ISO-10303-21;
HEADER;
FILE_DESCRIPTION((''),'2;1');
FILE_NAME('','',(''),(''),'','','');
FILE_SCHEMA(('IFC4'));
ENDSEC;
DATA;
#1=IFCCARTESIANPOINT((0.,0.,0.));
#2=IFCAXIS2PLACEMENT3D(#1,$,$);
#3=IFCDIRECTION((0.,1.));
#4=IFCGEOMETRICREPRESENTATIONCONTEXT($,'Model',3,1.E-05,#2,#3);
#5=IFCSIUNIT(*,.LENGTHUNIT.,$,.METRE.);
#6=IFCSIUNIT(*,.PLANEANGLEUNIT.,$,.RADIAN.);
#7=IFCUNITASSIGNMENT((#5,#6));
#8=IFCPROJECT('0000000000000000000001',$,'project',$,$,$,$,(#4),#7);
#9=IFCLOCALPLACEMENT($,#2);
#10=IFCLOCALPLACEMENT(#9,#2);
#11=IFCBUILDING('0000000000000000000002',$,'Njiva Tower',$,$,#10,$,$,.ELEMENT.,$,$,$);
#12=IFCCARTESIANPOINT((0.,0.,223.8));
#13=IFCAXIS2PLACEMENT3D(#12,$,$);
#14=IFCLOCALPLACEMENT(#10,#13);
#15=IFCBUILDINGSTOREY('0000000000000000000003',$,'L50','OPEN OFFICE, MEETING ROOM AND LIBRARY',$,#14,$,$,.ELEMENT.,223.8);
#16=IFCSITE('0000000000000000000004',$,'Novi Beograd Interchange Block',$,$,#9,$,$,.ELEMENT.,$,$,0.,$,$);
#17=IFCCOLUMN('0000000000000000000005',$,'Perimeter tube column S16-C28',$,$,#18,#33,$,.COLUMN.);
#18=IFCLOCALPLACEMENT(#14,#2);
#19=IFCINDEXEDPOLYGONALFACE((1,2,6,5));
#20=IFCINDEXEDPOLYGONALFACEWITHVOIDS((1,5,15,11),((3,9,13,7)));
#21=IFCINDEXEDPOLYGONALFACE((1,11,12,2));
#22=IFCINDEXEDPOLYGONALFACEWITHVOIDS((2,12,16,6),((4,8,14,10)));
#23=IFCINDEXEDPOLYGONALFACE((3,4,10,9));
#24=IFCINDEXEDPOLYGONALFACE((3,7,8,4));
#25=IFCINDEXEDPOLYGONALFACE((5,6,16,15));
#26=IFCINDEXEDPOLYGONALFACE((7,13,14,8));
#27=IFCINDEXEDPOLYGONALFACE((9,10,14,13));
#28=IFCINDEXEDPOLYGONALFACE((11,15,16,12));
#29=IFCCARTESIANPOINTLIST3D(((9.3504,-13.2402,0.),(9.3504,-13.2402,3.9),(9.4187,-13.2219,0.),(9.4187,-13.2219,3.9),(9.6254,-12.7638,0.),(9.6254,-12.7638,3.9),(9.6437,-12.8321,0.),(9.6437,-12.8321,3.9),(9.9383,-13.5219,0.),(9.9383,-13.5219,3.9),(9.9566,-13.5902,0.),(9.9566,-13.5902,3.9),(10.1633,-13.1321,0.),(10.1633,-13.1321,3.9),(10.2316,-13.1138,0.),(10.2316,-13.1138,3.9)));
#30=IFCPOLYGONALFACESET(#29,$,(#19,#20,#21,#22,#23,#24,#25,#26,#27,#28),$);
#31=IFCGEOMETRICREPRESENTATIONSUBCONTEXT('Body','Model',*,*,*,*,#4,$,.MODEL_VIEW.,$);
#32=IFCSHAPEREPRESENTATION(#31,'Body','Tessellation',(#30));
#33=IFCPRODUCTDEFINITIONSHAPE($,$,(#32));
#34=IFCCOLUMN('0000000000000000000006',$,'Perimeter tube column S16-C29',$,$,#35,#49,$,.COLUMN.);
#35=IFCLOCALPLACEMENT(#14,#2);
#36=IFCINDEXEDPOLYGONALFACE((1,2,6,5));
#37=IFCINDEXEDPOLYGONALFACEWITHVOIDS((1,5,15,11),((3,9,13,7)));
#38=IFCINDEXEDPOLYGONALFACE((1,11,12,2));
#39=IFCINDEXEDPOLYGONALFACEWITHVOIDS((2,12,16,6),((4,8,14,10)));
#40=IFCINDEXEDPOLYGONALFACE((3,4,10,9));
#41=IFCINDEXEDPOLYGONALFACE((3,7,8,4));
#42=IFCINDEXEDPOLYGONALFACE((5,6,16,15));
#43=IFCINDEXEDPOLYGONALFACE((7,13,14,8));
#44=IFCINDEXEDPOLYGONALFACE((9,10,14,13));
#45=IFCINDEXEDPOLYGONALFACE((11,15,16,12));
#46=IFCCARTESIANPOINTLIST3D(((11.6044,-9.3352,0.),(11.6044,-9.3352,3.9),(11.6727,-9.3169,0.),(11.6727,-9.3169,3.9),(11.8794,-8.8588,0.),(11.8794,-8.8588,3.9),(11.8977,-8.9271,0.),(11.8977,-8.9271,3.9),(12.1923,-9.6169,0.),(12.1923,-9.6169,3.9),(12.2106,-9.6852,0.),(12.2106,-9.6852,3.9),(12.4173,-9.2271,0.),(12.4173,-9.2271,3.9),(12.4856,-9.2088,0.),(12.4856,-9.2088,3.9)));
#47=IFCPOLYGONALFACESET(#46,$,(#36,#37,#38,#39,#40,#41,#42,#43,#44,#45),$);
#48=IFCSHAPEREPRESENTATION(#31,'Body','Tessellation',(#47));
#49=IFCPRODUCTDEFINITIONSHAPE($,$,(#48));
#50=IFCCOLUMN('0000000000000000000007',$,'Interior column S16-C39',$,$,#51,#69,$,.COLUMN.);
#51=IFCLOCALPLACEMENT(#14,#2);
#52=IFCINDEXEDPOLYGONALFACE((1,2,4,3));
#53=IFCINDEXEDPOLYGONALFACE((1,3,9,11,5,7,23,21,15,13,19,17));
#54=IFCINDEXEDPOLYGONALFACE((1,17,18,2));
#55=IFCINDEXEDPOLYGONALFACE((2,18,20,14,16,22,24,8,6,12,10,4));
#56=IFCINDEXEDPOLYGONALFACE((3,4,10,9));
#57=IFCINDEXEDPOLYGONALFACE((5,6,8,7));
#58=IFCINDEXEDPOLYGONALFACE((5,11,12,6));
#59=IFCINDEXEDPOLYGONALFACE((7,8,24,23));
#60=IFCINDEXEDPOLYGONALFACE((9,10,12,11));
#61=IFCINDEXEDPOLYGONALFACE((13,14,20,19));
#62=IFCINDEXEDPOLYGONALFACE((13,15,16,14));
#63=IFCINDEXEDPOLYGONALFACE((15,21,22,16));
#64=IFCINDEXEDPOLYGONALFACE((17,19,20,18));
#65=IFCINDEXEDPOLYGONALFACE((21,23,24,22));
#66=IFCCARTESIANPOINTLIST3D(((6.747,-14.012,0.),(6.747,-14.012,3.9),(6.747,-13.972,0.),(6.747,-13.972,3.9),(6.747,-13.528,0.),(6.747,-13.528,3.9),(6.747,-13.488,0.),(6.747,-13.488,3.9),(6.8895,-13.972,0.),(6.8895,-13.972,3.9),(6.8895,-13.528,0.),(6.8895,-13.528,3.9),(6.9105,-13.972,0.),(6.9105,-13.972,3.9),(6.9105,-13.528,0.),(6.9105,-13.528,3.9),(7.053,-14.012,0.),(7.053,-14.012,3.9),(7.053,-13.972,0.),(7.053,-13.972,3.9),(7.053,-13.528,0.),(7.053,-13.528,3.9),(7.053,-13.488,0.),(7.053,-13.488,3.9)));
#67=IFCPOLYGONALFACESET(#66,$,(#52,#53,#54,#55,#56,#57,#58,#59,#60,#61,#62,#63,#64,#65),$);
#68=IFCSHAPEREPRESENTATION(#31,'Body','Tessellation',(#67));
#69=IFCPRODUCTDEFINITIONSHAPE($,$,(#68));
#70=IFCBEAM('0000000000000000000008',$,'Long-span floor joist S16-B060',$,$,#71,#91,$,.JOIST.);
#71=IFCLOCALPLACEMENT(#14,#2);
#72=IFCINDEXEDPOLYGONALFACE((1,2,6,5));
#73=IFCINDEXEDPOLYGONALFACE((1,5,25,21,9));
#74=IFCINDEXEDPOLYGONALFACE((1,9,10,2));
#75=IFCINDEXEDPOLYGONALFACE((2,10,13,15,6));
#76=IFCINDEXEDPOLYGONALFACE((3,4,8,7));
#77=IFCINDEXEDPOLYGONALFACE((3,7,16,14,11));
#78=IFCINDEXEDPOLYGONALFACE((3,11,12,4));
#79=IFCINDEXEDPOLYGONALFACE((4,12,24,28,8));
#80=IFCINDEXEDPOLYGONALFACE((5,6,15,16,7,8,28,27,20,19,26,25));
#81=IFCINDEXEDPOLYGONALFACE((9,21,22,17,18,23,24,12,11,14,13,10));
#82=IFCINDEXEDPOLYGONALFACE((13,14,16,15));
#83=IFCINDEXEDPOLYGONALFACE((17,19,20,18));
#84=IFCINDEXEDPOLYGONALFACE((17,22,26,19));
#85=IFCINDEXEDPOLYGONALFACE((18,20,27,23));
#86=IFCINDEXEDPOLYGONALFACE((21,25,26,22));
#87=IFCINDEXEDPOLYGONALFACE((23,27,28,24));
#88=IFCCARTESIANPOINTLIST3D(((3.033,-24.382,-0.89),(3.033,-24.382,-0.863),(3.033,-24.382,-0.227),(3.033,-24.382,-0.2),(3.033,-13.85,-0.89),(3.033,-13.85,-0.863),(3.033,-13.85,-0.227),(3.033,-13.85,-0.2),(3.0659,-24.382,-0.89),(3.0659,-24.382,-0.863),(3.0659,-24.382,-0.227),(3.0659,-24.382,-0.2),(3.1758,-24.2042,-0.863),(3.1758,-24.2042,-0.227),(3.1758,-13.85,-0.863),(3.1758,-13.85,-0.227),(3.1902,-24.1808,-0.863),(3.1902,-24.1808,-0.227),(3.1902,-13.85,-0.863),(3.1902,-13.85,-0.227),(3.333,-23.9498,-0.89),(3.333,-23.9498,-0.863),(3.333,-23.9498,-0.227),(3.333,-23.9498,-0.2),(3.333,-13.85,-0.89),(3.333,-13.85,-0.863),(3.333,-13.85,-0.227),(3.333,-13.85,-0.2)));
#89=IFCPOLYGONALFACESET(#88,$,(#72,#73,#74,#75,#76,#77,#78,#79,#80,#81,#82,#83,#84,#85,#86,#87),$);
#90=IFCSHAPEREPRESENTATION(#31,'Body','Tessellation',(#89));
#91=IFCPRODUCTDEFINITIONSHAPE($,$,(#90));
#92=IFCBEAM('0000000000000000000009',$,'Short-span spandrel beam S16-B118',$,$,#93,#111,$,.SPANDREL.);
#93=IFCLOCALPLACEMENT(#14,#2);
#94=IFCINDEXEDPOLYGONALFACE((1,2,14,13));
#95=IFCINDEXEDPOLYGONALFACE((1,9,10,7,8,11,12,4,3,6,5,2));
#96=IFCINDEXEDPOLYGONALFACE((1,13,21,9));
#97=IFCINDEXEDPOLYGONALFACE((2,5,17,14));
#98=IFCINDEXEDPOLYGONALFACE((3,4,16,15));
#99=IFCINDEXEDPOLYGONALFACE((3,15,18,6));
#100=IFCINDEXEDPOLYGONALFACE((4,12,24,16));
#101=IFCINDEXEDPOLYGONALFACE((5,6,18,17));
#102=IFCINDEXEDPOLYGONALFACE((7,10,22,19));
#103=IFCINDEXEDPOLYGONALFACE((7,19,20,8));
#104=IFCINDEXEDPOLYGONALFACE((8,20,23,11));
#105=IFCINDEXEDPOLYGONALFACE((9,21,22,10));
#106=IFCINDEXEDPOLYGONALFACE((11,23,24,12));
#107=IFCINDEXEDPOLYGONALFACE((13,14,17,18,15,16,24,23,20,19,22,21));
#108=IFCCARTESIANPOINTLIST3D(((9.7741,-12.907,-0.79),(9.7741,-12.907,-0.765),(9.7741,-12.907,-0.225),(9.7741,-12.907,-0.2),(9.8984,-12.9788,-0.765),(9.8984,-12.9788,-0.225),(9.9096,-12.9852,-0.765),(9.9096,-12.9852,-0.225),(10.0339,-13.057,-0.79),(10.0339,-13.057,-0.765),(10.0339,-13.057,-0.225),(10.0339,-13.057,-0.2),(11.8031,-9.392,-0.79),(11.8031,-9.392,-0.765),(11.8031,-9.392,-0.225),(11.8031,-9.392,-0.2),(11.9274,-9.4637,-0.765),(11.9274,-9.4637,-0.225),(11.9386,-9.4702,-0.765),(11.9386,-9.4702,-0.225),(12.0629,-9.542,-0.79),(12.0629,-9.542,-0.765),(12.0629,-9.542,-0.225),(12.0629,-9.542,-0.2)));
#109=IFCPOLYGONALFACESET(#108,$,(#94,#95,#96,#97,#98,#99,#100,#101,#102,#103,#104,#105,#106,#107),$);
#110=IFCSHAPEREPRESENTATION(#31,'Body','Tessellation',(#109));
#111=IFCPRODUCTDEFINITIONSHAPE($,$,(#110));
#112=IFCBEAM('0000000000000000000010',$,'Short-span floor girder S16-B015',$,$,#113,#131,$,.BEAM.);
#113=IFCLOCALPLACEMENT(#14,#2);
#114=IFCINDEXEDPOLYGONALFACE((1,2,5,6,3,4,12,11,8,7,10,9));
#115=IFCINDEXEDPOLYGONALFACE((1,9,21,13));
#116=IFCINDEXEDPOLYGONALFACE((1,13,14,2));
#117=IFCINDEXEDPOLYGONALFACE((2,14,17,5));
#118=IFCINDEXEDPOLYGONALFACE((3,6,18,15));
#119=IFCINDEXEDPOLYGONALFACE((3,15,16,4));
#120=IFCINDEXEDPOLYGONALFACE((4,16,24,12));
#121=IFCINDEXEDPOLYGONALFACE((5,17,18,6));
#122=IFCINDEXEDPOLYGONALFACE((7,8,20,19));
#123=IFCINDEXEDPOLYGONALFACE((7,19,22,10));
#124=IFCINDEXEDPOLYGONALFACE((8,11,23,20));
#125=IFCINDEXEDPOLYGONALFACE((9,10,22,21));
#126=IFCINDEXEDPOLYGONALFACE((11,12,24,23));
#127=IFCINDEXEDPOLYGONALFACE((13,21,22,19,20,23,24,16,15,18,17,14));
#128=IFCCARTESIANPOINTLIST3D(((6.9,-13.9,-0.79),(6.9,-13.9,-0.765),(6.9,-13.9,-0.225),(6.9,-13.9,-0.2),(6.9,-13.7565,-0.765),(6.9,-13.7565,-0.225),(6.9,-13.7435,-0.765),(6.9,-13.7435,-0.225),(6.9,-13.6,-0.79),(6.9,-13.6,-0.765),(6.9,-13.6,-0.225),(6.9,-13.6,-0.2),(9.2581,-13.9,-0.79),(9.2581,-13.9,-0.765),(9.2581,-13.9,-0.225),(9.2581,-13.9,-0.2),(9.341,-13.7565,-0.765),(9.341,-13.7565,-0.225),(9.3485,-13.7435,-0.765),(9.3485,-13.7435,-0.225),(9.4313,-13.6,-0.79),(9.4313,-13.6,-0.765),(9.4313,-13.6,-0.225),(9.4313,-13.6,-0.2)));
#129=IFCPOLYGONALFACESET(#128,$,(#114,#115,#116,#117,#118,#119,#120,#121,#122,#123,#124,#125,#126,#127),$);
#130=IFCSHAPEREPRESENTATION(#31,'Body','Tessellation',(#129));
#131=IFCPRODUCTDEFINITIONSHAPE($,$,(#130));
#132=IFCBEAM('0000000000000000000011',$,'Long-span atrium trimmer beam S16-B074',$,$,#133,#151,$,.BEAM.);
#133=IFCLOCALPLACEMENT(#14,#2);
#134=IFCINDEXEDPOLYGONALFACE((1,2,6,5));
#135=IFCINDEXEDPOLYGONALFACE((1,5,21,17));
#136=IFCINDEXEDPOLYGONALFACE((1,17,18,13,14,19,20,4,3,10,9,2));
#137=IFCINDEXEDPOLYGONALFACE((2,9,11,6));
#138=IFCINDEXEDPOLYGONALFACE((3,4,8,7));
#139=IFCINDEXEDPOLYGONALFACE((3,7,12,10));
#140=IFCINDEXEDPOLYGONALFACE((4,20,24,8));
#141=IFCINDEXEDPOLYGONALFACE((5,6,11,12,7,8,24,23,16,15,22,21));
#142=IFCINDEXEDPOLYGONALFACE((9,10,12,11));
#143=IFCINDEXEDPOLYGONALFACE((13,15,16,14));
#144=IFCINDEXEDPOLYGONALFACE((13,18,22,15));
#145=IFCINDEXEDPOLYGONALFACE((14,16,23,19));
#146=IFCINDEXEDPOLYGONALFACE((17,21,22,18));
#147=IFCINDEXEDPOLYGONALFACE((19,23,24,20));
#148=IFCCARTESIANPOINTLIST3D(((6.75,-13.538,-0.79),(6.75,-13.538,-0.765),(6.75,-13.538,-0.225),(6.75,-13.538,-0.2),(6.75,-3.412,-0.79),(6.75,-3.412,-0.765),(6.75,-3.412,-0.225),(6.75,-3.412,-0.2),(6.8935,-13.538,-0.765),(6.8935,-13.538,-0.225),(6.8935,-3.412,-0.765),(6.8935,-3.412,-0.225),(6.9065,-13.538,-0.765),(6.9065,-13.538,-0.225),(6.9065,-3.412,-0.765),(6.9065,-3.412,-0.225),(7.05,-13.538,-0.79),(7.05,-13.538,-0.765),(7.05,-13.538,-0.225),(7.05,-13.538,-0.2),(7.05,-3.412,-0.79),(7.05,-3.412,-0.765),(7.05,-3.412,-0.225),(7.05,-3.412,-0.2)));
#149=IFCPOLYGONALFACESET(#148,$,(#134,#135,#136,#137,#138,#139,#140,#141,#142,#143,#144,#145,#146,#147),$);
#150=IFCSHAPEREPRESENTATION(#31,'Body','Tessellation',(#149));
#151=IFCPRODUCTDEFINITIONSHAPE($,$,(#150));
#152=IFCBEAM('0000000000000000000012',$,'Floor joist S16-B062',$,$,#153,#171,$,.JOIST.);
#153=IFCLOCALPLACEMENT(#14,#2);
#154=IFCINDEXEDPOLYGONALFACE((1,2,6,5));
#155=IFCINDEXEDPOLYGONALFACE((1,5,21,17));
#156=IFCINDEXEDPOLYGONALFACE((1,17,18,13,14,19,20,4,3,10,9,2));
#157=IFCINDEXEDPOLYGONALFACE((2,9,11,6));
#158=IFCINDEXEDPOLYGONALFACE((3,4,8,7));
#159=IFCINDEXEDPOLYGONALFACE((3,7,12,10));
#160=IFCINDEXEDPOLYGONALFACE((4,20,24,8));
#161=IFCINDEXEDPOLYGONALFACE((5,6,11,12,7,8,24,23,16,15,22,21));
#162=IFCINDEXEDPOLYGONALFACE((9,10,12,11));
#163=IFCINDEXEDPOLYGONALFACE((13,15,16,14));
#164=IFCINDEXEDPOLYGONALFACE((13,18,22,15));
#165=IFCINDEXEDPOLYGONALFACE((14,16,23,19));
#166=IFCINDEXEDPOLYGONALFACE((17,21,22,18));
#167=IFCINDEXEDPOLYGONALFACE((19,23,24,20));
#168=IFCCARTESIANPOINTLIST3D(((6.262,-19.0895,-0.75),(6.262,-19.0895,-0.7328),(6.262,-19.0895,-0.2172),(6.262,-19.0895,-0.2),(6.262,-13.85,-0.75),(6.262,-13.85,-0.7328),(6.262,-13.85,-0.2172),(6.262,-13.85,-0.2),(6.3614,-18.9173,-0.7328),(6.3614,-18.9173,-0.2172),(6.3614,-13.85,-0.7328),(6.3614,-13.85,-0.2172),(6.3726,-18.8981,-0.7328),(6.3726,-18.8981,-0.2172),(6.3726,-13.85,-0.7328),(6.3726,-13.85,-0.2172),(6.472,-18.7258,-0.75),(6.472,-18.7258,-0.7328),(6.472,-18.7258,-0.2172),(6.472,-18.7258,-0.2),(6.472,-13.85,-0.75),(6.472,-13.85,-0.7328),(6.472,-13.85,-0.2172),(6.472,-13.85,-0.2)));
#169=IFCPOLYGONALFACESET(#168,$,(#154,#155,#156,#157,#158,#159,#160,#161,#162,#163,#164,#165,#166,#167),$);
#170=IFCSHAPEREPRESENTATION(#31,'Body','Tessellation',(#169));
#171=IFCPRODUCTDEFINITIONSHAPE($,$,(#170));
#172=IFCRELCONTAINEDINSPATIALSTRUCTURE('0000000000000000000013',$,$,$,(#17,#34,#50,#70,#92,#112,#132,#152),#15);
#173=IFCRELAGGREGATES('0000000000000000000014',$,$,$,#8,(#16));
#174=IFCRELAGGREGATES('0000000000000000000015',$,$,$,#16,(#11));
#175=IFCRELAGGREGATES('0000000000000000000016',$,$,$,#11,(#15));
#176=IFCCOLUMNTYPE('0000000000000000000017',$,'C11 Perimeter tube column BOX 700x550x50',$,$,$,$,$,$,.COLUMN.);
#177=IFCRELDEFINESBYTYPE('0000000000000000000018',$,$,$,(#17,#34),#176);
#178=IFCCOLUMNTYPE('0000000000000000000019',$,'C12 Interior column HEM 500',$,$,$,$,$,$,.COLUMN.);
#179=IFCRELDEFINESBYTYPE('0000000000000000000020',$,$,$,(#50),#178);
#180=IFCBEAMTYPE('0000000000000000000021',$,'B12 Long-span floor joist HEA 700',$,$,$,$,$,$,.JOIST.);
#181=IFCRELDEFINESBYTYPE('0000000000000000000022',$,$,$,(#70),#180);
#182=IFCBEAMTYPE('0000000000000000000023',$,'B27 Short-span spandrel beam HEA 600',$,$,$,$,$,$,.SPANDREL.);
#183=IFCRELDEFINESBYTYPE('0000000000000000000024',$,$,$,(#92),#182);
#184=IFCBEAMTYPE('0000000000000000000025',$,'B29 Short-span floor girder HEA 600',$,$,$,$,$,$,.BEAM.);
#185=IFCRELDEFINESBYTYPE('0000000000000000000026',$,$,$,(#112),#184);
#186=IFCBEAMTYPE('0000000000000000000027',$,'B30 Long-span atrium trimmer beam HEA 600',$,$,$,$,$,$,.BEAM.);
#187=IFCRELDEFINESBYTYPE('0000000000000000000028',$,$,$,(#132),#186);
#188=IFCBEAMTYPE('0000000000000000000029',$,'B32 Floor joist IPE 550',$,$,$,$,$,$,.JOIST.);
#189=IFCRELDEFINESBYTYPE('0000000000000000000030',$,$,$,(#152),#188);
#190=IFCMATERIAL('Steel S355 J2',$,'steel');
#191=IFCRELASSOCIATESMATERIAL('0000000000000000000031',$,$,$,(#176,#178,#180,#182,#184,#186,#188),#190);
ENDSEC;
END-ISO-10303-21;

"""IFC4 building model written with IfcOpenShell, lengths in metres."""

from ifc_helpers import new_model, si_unit, direction, frame, origin, origin_2d, place, context, subcontext, project, spatial, hollow_rectangle, i_section, extrude, clip, halfspace, material, material_profile, profile_set, type_object, element, save


model = new_model("IFC4")

# Units and contexts
model_context = context("Model", 3, precision=1e-05, world=origin(), true_north=direction((0.0, 1.0)))
body_context = subcontext(model_context, "Body", "Model", "MODEL_VIEW")
ifc_project = project(units=[si_unit("LENGTHUNIT", "METRE"), si_unit("PLANEANGLEUNIT", "RADIAN")], contexts=[model_context])

# Site, building, storey
site_placement = place(None, origin())
site = spatial("IfcSite", under=ifc_project, at=site_placement, Name="Novi Beograd Interchange Block", CompositionType="ELEMENT", RefElevation=0.0)
building_placement = place(site_placement, origin())
building = spatial("IfcBuilding", under=site, at=building_placement, Name="Njiva Tower", CompositionType="ELEMENT")
storey_placement = place(building_placement, frame((0.0, 0.0, 223.8)))
storey = spatial("IfcBuildingStorey", under=building, at=storey_placement, Name="L50", Description="OPEN OFFICE, MEETING ROOM AND LIBRARY", CompositionType="ELEMENT", Elevation=223.8)

# Columns
ifc_material_1 = material(Name="Steel S355 J2", Category="steel")
ifc_material_profile_1 = material_profile(ifc_material_1, hollow_rectangle(XDim=0.55, YDim=0.7, WallThickness=0.05, at=origin_2d()), Name="BOX 700x550x50")
ifc_profile_set_1 = profile_set([ifc_material_profile_1], Name="Steel S355 J2")
column_type_1 = type_object("IfcColumnType", Name="C11 Perimeter tube column BOX 700x550x50", PredefinedType="COLUMN", material=ifc_profile_set_1)
for number, where, z_axis, x_axis, name in (
    (1, (9.791, -13.177, 0.0), (0.0, 0.0, 1.0), (0.5, 0.866025, 0.0), "Perimeter tube column S16-C28"),
    (2, (12.045, -9.272, 0.0), (0.0, 0.0, 1.0), (0.5, 0.866025, 0.0), "Perimeter tube column S16-C29"),
):
    element("IfcColumn", number, at=place(storey_placement, frame(where, z_axis=z_axis, x_axis=x_axis)), inside=storey, type_object=column_type_1, Name=name, PredefinedType="COLUMN", context=body_context, shape_type="SweptSolid", body=[
        extrude(hollow_rectangle(XDim=0.55, YDim=0.7, WallThickness=0.05, at=origin_2d()), origin(), (0.0, 0.0, 1.0), 3.9),
    ])
ifc_material_profile_2 = material_profile(ifc_material_1, i_section(OverallWidth=0.306, OverallDepth=0.524, WebThickness=0.021, FlangeThickness=0.04, at=origin_2d()), Name="HEM 500")
ifc_profile_set_2 = profile_set([ifc_material_profile_2], Name="Steel S355 J2")
column_type_2 = type_object("IfcColumnType", Name="C12 Interior column HEM 500", PredefinedType="COLUMN", material=ifc_profile_set_2)
column_placement = place(storey_placement, frame((6.9, -13.75, 0.0), z_axis=(0.0, 0.0, 1.0), x_axis=(1.0, 0.0, 0.0)))
element("IfcColumn", 3, at=column_placement, inside=storey, type_object=column_type_2, Name="Interior column S16-C39", PredefinedType="COLUMN", context=body_context, shape_type="SweptSolid", body=[
    extrude(i_section(OverallWidth=0.306, OverallDepth=0.524, WebThickness=0.021, FlangeThickness=0.04, at=origin_2d()), origin(), (0.0, 0.0, 1.0), 3.9),
])

# Beams
ifc_material_profile_3 = material_profile(ifc_material_1, i_section(OverallWidth=0.3, OverallDepth=0.69, WebThickness=0.0145, FlangeThickness=0.027, at=origin_2d()), Name="HEA 700")
ifc_profile_set_3 = profile_set([ifc_material_profile_3], Name="Steel S355 J2")
beam_type_1 = type_object("IfcBeamType", Name="B12 Long-span floor joist HEA 700", PredefinedType="JOIST", material=ifc_profile_set_3)
beam_1_placement = place(storey_placement, frame((3.183, -13.85, -0.545), z_axis=(0.0, -1.0, 0.0), x_axis=(1.0, 0.0, 0.0)))
element("IfcBeam", 4, at=beam_1_placement, inside=storey, type_object=beam_type_1, Name="Long-span floor joist S16-B060", PredefinedType="JOIST", context=body_context, shape_type="Clipping", body=[
    clip(extrude(i_section(OverallWidth=0.3, OverallDepth=0.69, WebThickness=0.0145, FlangeThickness=0.027, at=origin_2d()), origin(), (0.0, 0.0, 1.0), 10.532), halfspace(frame((0.0429, 0.0, 10.2731), z_axis=(0.850625, 0.0, 0.525773), x_axis=(0.0, 1.0, 0.0)), False)),
])
ifc_material_profile_4 = material_profile(ifc_material_1, i_section(OverallWidth=0.3, OverallDepth=0.59, WebThickness=0.013, FlangeThickness=0.025, at=origin_2d()), Name="HEA 600")
ifc_profile_set_4 = profile_set([ifc_material_profile_4], Name="Steel S355 J2")
beam_type_2 = type_object("IfcBeamType", Name="B27 Short-span spandrel beam HEA 600", PredefinedType="SPANDREL", material=ifc_profile_set_4)
beam_2_placement = place(storey_placement, frame((9.904, -12.982, -0.495), z_axis=(0.499929, 0.866067, 0.0), x_axis=(-0.866067, 0.499929, 0.0)))
element("IfcBeam", 5, at=beam_2_placement, inside=storey, type_object=beam_type_2, Name="Short-span spandrel beam S16-B118", PredefinedType="SPANDREL", context=body_context, shape_type="SweptSolid", body=[
    extrude(i_section(OverallWidth=0.3, OverallDepth=0.59, WebThickness=0.013, FlangeThickness=0.025, at=origin_2d()), origin(), (0.0, 0.0, 1.0), 4.0586),
])
ifc_material_profile_5 = material_profile(ifc_material_1, i_section(OverallWidth=0.3, OverallDepth=0.59, WebThickness=0.013, FlangeThickness=0.025, at=origin_2d()), Name="HEA 600")
ifc_profile_set_5 = profile_set([ifc_material_profile_5], Name="Steel S355 J2")
beam_type_3 = type_object("IfcBeamType", Name="B29 Short-span floor girder HEA 600", PredefinedType="BEAM", material=ifc_profile_set_5)
beam_3_placement = place(storey_placement, frame((6.9, -13.75, -0.495), z_axis=(1.0, 0.0, 0.0), x_axis=(0.0, 1.0, 0.0)))
element("IfcBeam", 6, at=beam_3_placement, inside=storey, type_object=beam_type_3, Name="Short-span floor girder S16-B015", PredefinedType="BEAM", context=body_context, shape_type="Clipping", body=[
    clip(extrude(i_section(OverallWidth=0.3, OverallDepth=0.59, WebThickness=0.013, FlangeThickness=0.025, at=origin_2d()), origin(), (0.0, 0.0, 1.0), 2.552), halfspace(frame((-0.025, 0.0, 2.4303), z_axis=(-0.499998, 0.0, 0.866027), x_axis=(0.0, 1.0, 0.0)), False)),
])
ifc_material_profile_6 = material_profile(ifc_material_1, i_section(OverallWidth=0.3, OverallDepth=0.59, WebThickness=0.013, FlangeThickness=0.025, at=origin_2d()), Name="HEA 600")
ifc_profile_set_6 = profile_set([ifc_material_profile_6], Name="Steel S355 J2")
beam_type_4 = type_object("IfcBeamType", Name="B30 Long-span atrium trimmer beam HEA 600", PredefinedType="BEAM", material=ifc_profile_set_6)
beam_4_placement = place(storey_placement, frame((6.9, -13.538, -0.495), z_axis=(0.0, 1.0, 0.0), x_axis=(-1.0, 0.0, 0.0)))
element("IfcBeam", 7, at=beam_4_placement, inside=storey, type_object=beam_type_4, Name="Long-span atrium trimmer beam S16-B074", PredefinedType="BEAM", context=body_context, shape_type="SweptSolid", body=[
    extrude(i_section(OverallWidth=0.3, OverallDepth=0.59, WebThickness=0.013, FlangeThickness=0.025, at=origin_2d()), origin(), (0.0, 0.0, 1.0), 10.126),
])
ifc_material_profile_7 = material_profile(ifc_material_1, i_section(OverallWidth=0.21, OverallDepth=0.55, WebThickness=0.0111, FlangeThickness=0.0172, at=origin_2d()), Name="IPE 550")
ifc_profile_set_7 = profile_set([ifc_material_profile_7], Name="Steel S355 J2")
beam_type_5 = type_object("IfcBeamType", Name="B32 Floor joist IPE 550", PredefinedType="JOIST", material=ifc_profile_set_7)
beam_5_placement = place(storey_placement, frame((6.367, -13.85, -0.475), z_axis=(0.0, -1.0, 0.0), x_axis=(1.0, 0.0, 0.0)))
element("IfcBeam", 8, at=beam_5_placement, inside=storey, type_object=beam_type_5, Name="Floor joist S16-B062", PredefinedType="JOIST", context=body_context, shape_type="Clipping", body=[
    clip(extrude(i_section(OverallWidth=0.21, OverallDepth=0.55, WebThickness=0.0111, FlangeThickness=0.0172, at=origin_2d()), origin(), (0.0, 0.0, 1.0), 5.26), halfspace(frame((0.043, 0.0, 4.9832), z_axis=(0.866027, 0.0, 0.499998), x_axis=(0.0, 1.0, 0.0)), False)),
])

save(model, "model.ifc")
